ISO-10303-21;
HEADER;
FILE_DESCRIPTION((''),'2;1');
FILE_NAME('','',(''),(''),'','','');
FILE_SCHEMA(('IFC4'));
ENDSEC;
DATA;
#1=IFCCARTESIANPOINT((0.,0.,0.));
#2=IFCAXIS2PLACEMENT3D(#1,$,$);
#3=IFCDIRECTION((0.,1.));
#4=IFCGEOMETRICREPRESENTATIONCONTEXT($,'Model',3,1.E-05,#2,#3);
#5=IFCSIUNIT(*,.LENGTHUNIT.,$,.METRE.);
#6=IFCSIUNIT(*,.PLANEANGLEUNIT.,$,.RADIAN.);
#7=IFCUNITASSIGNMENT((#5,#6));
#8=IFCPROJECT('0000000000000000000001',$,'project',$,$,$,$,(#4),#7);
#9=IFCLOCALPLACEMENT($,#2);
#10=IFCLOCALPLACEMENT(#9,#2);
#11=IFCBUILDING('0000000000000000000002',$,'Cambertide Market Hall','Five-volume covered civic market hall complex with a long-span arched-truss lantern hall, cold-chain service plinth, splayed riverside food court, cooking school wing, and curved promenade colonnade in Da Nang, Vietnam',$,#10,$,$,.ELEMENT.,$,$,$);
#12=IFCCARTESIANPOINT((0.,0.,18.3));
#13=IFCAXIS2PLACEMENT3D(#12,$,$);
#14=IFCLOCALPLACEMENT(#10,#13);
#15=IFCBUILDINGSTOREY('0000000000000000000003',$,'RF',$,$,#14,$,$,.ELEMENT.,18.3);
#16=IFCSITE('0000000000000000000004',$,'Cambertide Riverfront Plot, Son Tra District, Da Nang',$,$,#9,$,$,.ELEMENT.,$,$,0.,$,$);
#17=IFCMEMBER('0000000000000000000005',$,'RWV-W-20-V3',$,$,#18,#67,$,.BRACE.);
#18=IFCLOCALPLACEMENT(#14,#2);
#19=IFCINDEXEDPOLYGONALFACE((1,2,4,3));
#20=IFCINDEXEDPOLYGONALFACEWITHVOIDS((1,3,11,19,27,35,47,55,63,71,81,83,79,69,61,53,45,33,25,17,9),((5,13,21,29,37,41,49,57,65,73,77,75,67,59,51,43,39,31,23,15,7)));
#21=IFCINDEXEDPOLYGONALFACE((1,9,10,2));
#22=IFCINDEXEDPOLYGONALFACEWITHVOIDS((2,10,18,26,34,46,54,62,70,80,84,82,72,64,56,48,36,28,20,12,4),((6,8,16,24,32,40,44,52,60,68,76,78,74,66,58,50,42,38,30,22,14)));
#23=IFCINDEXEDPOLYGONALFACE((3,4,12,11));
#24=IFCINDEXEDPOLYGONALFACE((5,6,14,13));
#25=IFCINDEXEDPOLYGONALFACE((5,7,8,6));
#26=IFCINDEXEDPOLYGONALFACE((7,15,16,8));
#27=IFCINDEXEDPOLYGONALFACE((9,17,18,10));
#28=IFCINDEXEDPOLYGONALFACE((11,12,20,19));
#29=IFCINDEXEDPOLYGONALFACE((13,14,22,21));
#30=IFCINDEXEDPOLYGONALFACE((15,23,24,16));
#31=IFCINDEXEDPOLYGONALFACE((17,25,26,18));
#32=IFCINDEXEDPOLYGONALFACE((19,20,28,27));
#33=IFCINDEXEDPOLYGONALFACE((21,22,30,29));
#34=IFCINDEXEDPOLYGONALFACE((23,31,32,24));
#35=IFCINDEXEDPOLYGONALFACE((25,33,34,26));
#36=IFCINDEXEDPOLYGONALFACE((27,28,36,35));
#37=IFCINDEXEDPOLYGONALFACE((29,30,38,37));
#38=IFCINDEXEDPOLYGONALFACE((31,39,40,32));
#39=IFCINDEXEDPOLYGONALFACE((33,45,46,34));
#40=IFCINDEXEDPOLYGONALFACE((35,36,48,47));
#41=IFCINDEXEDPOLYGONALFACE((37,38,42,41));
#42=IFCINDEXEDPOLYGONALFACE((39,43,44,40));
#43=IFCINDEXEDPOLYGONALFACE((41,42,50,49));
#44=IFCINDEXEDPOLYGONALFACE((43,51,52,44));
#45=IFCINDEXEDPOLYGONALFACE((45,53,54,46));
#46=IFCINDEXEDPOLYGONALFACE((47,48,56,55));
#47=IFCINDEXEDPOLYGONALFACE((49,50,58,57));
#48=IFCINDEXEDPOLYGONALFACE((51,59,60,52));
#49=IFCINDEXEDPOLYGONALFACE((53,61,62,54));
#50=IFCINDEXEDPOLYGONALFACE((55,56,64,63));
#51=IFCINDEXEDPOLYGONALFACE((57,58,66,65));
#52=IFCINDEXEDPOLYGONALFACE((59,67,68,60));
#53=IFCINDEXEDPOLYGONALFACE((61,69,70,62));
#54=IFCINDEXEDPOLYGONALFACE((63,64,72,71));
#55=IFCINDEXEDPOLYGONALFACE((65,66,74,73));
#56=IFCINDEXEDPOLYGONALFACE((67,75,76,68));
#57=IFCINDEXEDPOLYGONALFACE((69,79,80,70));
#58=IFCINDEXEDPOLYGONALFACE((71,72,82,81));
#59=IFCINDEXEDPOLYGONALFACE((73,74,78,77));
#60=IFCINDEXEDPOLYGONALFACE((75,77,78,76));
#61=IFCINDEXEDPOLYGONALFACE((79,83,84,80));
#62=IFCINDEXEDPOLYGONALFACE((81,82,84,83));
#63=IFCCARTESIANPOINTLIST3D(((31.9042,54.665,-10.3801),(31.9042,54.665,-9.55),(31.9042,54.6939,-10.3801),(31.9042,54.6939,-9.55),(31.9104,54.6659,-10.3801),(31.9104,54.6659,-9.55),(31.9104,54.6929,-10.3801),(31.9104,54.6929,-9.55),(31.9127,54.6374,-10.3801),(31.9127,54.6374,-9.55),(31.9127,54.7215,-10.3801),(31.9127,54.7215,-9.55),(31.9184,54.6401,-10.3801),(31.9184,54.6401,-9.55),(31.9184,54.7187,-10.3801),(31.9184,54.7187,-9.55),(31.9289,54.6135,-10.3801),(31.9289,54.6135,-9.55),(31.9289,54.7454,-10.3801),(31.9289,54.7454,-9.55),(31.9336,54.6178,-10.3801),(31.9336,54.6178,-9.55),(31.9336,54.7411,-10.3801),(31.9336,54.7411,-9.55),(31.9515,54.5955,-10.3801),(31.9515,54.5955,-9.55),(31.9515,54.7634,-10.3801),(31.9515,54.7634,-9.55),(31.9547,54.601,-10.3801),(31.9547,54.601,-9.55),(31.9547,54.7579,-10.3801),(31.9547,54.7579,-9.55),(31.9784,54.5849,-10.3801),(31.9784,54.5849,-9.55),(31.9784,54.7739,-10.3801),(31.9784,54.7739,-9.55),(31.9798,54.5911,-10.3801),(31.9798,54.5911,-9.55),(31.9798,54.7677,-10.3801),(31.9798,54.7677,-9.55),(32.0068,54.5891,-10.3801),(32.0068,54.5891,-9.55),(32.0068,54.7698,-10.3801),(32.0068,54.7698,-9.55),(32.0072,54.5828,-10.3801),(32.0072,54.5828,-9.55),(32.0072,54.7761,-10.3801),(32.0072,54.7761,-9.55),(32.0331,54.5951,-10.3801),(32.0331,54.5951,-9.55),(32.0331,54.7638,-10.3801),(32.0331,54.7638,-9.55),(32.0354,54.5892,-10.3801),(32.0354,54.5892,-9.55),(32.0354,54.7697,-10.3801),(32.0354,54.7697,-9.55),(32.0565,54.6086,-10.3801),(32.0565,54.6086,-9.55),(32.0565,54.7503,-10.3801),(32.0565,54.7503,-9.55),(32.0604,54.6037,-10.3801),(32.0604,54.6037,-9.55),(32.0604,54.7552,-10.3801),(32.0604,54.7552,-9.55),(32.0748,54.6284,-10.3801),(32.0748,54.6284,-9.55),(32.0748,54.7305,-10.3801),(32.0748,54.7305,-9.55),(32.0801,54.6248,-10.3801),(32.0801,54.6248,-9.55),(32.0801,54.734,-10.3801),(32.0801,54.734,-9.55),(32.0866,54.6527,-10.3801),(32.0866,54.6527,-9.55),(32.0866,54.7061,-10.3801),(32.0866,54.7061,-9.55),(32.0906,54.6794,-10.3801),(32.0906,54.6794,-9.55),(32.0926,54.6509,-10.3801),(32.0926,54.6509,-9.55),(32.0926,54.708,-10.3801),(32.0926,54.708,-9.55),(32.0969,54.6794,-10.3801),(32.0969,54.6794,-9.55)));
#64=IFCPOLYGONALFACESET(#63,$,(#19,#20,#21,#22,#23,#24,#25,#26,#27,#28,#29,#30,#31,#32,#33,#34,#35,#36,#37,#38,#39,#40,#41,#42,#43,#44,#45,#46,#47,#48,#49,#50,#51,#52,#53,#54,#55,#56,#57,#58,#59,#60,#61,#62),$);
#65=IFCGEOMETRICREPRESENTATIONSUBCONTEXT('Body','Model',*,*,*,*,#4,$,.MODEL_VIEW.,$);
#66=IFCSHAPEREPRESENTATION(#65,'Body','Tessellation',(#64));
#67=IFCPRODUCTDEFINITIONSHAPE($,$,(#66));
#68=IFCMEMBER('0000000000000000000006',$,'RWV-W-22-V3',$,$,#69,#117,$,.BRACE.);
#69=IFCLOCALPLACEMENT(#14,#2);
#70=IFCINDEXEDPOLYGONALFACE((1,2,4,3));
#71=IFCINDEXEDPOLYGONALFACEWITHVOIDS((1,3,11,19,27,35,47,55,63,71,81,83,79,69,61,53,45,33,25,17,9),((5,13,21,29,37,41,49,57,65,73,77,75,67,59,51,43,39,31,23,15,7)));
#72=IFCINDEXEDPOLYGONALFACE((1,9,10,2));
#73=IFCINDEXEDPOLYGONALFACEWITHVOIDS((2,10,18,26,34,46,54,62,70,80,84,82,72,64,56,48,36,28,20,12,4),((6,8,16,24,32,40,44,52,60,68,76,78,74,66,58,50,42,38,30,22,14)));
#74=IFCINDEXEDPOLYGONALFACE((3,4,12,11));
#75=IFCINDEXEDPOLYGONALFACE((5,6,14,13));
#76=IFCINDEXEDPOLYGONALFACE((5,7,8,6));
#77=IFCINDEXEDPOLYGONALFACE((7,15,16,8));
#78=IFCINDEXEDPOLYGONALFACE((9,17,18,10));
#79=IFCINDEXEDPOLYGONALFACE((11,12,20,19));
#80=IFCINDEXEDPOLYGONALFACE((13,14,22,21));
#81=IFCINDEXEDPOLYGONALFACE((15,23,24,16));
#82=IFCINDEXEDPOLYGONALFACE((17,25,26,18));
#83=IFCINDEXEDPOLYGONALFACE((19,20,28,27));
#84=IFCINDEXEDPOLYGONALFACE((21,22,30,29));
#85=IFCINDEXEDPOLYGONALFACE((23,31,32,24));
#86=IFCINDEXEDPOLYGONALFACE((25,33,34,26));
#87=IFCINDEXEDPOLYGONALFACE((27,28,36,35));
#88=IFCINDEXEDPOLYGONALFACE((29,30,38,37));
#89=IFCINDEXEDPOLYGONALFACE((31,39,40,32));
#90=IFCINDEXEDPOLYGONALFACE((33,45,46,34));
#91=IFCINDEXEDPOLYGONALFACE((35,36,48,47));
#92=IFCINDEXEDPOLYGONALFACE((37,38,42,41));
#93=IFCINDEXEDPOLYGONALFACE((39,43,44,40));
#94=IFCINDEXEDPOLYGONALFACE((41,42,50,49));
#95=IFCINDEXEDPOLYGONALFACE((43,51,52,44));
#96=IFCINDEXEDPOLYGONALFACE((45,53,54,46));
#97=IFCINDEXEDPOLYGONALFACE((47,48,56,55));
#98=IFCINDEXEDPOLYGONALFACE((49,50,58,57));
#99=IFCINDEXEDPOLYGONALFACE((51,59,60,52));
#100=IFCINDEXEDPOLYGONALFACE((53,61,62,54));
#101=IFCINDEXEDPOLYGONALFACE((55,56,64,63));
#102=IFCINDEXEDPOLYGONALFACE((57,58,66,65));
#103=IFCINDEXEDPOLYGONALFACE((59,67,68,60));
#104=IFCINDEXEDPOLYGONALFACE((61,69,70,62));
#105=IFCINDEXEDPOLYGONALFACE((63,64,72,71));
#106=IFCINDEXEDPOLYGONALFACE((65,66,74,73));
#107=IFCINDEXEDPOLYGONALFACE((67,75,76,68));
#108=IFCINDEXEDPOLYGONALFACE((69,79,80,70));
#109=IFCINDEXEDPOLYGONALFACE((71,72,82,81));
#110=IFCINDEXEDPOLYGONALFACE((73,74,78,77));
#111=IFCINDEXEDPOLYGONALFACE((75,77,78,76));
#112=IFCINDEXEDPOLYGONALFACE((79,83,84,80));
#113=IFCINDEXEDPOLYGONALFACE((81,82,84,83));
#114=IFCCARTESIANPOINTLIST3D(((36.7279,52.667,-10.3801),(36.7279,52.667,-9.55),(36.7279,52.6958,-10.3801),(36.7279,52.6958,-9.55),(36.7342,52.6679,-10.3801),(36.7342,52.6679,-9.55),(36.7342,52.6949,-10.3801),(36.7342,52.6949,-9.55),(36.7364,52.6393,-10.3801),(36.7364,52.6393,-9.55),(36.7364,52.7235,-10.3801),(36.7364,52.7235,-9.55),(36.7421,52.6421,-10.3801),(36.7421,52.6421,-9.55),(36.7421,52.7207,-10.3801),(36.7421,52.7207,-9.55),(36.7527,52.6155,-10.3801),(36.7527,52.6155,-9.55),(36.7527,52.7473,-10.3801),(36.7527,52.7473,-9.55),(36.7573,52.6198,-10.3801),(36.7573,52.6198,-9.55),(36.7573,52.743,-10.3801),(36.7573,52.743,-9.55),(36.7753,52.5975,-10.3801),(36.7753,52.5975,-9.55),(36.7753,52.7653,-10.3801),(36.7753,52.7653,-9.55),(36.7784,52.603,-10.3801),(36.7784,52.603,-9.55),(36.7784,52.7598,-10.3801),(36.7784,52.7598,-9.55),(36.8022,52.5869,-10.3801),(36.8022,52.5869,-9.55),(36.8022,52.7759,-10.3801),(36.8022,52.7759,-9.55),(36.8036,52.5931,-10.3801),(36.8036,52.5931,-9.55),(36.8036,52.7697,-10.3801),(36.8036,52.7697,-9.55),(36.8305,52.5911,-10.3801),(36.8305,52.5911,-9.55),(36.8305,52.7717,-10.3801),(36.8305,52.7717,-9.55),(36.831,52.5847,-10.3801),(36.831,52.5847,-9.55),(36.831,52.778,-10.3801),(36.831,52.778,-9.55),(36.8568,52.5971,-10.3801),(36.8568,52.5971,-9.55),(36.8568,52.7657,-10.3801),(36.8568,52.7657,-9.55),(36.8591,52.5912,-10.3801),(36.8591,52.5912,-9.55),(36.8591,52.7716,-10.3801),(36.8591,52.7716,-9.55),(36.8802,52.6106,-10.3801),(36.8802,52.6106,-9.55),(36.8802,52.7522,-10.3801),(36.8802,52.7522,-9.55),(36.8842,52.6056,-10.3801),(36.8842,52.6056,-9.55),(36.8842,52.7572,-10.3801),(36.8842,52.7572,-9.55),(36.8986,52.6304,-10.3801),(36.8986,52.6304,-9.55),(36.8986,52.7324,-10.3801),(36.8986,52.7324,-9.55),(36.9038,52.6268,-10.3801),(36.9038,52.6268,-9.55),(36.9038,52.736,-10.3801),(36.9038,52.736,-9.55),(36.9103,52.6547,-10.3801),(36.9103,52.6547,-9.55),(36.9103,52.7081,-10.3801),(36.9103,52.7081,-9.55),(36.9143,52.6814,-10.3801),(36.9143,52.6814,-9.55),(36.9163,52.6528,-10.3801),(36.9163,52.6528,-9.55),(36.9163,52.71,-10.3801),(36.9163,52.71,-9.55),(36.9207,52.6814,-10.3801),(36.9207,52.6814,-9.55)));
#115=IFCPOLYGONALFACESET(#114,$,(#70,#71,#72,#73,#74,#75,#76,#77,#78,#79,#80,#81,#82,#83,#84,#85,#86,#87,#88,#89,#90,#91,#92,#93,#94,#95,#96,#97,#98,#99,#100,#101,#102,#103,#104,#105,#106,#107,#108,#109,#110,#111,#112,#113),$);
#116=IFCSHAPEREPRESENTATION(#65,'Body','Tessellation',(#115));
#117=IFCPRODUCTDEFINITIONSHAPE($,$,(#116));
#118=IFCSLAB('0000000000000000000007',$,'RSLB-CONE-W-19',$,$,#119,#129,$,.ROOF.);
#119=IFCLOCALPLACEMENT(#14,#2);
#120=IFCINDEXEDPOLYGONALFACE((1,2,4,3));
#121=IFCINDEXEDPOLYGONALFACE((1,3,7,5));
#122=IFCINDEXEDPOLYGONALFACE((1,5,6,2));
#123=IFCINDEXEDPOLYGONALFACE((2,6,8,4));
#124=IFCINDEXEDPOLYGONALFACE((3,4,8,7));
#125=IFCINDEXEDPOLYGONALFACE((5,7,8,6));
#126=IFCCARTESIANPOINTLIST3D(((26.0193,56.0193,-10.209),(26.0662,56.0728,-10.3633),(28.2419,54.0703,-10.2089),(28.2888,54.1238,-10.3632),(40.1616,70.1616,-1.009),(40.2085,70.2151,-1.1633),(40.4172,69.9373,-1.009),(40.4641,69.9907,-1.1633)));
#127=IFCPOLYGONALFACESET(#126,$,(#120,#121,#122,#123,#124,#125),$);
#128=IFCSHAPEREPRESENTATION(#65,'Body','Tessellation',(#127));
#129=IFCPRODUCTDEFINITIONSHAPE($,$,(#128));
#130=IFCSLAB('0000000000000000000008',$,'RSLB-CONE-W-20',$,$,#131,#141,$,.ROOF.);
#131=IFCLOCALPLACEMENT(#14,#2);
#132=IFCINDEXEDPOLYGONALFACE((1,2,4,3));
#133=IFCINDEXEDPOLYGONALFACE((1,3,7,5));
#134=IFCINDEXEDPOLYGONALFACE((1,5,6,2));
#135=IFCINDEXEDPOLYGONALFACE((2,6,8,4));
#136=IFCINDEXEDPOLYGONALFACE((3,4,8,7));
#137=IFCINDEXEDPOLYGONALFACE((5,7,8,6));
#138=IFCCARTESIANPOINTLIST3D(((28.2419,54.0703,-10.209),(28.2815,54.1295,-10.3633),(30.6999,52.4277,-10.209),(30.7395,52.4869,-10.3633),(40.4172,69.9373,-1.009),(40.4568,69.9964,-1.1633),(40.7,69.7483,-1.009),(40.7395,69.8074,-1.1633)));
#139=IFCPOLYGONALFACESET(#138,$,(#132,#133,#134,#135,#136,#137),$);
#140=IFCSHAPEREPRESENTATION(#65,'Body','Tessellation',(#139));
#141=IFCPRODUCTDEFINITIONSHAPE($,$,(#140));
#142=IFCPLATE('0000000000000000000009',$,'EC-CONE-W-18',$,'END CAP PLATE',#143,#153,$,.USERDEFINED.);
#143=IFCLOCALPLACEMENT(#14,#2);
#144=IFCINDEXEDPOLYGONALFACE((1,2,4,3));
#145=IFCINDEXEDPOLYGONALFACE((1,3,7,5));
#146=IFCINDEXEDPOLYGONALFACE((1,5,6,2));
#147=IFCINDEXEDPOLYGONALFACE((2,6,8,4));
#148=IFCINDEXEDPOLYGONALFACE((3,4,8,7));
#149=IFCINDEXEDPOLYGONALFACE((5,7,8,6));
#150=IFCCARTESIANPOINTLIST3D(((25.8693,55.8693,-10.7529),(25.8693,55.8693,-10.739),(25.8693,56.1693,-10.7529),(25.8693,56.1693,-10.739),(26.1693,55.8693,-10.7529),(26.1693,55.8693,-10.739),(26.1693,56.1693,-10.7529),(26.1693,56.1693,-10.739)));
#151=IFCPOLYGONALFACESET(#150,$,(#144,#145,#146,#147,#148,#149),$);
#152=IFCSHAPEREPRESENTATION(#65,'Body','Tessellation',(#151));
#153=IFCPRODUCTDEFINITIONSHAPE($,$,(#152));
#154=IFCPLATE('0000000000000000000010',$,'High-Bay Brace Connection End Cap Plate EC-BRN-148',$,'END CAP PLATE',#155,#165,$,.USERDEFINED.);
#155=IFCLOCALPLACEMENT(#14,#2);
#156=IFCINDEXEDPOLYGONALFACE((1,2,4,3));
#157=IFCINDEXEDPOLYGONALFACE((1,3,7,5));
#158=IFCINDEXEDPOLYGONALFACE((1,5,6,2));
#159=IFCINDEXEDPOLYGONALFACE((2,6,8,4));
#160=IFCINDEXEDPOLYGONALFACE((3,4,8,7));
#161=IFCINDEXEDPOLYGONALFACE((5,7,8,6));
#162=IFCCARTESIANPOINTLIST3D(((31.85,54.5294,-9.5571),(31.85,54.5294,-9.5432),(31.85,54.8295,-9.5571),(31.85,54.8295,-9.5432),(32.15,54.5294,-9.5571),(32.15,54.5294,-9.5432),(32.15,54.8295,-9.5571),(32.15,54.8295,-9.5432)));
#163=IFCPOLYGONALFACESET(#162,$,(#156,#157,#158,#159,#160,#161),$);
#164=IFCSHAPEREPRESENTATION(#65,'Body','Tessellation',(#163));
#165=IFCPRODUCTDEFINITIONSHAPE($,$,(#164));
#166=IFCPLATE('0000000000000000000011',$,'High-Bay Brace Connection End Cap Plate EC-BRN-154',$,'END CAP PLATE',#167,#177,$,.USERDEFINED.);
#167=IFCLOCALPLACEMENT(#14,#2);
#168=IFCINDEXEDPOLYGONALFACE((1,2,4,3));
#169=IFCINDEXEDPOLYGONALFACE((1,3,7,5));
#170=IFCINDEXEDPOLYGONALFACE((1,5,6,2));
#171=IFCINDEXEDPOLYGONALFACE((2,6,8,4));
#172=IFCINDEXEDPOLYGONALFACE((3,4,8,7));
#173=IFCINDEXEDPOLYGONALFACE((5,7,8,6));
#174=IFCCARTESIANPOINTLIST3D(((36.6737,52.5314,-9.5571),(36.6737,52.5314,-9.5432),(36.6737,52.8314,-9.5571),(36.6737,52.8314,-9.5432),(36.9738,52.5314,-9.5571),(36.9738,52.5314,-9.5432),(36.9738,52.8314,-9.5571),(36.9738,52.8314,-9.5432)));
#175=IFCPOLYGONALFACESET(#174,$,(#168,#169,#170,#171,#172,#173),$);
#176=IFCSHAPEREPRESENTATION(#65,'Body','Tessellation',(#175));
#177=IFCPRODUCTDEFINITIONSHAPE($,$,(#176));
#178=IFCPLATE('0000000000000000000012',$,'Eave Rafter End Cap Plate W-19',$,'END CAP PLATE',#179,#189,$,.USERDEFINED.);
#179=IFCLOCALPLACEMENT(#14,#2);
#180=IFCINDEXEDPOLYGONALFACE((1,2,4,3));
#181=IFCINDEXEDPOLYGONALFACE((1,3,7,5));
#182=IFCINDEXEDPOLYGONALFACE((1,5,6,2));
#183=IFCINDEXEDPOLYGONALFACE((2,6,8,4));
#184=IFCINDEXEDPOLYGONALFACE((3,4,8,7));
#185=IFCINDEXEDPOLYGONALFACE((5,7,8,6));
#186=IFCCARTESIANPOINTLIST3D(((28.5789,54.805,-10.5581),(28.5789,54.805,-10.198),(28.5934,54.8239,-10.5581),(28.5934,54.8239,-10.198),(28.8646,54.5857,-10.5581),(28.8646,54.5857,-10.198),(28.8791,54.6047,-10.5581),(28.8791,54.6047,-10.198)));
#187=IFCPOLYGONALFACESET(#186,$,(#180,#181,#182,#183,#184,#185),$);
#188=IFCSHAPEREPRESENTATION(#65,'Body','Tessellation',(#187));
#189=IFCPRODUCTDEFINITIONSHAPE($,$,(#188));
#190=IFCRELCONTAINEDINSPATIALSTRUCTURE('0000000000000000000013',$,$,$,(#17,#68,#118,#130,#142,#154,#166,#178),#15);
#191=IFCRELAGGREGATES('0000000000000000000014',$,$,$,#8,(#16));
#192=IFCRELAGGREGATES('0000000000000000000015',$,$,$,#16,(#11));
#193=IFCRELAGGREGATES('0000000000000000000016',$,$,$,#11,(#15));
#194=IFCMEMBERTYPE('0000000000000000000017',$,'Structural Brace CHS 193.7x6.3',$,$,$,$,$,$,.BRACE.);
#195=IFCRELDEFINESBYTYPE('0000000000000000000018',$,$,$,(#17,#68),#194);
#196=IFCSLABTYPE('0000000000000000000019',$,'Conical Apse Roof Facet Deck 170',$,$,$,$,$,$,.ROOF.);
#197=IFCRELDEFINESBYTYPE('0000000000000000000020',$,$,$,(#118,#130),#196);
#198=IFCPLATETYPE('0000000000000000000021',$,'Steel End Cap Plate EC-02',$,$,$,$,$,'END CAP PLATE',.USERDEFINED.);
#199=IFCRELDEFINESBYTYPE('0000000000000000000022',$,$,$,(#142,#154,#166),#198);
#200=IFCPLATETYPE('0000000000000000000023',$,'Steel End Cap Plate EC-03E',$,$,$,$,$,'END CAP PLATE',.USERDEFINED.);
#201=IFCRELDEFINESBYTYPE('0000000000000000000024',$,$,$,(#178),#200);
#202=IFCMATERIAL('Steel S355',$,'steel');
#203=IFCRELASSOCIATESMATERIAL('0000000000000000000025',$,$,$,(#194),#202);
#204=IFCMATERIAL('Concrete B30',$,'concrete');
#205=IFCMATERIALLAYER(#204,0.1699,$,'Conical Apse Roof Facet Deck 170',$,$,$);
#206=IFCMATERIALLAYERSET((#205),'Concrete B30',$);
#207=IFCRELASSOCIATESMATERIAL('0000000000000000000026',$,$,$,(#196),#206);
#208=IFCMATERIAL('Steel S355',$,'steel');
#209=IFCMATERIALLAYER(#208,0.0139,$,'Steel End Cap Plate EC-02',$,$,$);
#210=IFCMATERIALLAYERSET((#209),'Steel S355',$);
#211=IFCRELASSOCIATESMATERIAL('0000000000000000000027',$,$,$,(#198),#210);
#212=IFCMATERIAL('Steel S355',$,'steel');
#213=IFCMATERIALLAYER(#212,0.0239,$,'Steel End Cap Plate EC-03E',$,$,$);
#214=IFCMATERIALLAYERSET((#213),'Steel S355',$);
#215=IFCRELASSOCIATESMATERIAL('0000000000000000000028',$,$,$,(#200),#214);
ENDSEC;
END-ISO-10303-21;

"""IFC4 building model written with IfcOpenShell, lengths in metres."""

from ifc_helpers import new_model, si_unit, direction, frame, origin, origin_2d, place, context, subcontext, project, spatial, polyline, rectangle, hollow_circle, outline, extrude, material, layer, layer_set, material_profile, profile_set, type_object, element, save


model = new_model("IFC4")

# Units and contexts
model_context = context("Model", 3, precision=1e-05, world=origin(), true_north=direction((0.0, 1.0)))
body_context = subcontext(model_context, "Body", "Model", "MODEL_VIEW")
ifc_project = project(units=[si_unit("LENGTHUNIT", "METRE"), si_unit("PLANEANGLEUNIT", "RADIAN")], contexts=[model_context])

# Site, building, storey
site_placement = place(None, origin())
site = spatial("IfcSite", under=ifc_project, at=site_placement, Name="Cambertide Riverfront Plot, Son Tra District, Da Nang", CompositionType="ELEMENT", RefElevation=0.0)
building_placement = place(site_placement, origin())
building = spatial("IfcBuilding", under=site, at=building_placement, Name="Cambertide Market Hall", Description="Five-volume covered civic market hall complex with a long-span arched-truss lantern hall, cold-chain service plinth, splayed riverside food court, cooking school wing, and curved promenade colonnade in Da Nang, Vietnam", CompositionType="ELEMENT")
storey_placement = place(building_placement, frame((0.0, 0.0, 18.3)))
storey = spatial("IfcBuildingStorey", under=building, at=storey_placement, Name="RF", CompositionType="ELEMENT", Elevation=18.3)

# Members
ifc_material_1 = material(Name="Steel S355", Category="steel")
ifc_material_profile_1 = material_profile(ifc_material_1, hollow_circle(Radius=0.0969, WallThickness=0.0063, at=origin_2d()), Name="CHS 193.7x6.3")
ifc_profile_set_1 = profile_set([ifc_material_profile_1], Name="Steel S355")
member_type_1 = type_object("IfcMemberType", Name="Structural Brace CHS 193.7x6.3", PredefinedType="BRACE", material=ifc_profile_set_1)
for number, where, z_axis, x_axis, name in (
    (1, (32.0, 54.6794, -10.3801), (0.0, 0.0, 1.0), (1.0, 0.0, 0.0), "RWV-W-20-V3"),
    (2, (36.8237, 52.6814, -10.3801), (0.0, 0.0, 1.0), (1.0, 0.0, 0.0), "RWV-W-22-V3"),
):
    element("IfcMember", number, at=place(storey_placement, frame(where, z_axis=z_axis, x_axis=x_axis)), inside=storey, type_object=member_type_1, Name=name, PredefinedType="BRACE", context=body_context, shape_type="SweptSolid", body=[
        extrude(hollow_circle(Radius=0.0969, WallThickness=0.0063, at=origin_2d()), origin(), (0.0, 0.0, 1.0), 0.8301),
    ])

# Slabs
ifc_material_2 = material(Name="Concrete B30", Category="concrete")
ifc_layer_1 = layer(ifc_material_2, 0.1699, Name="Conical Apse Roof Facet Deck 170")
ifc_layer_set_1 = layer_set([ifc_layer_1], Name="Concrete B30")
slab_type = type_object("IfcSlabType", Name="Conical Apse Roof Facet Deck 170", PredefinedType="ROOF", material=ifc_layer_set_1)
slab_1_placement = place(storey_placement, frame((26.0193, 56.0193, -10.209), z_axis=(-0.276026, -0.314754, 0.908152), x_axis=(0.751875, -0.659306, 0.000019)))
element("IfcSlab", 3, at=slab_1_placement, inside=storey, type_object=slab_type, Name="RSLB-CONE-W-19", PredefinedType="ROOF", context=body_context, shape_type="SweptSolid", body=[
    extrude(outline(polyline([(0.0, 0.0), (2.9561, 0.0), (1.6494, 21.9757), (1.3093, 21.9758), (0.0, 0.0)])), origin(), (0.0, 0.0, -1.0), 0.1699),
])
slab_2_placement = place(storey_placement, frame((28.2419, 54.0703, -10.209), z_axis=(-0.232608, -0.348075, 0.908151), x_axis=(0.831439, -0.555616, 0.000004)))
element("IfcSlab", 4, at=slab_2_placement, inside=storey, type_object=slab_type, Name="RSLB-CONE-W-20", PredefinedType="ROOF", context=body_context, shape_type="SweptSolid", body=[
    extrude(outline(polyline([(0.0, 0.0), (2.9563, 0.0), (1.6472, 21.9756), (1.3071, 21.9756), (0.0, 0.0)])), origin(), (0.0, 0.0, -1.0), 0.1699),
])

# Plates
ifc_material_3 = material(Name="Steel S355", Category="steel")
ifc_layer_2 = layer(ifc_material_3, 0.0139, Name="Steel End Cap Plate EC-02")
ifc_layer_set_2 = layer_set([ifc_layer_2], Name="Steel S355")
plate_type_1 = type_object("IfcPlateType", Name="Steel End Cap Plate EC-02", ElementType="END CAP PLATE", PredefinedType="USERDEFINED", material=ifc_layer_set_2)
for number, where, z_axis, x_axis, name in (
    (5, (26.0193, 56.0193, -10.7529), (0.0, 0.0, 1.0), (1.0, 0.0, 0.0), "EC-CONE-W-18"),
    (6, (32.0, 54.6794, -9.5571), (0.0, 0.0, 1.0), (1.0, 0.0, 0.0), "High-Bay Brace Connection End Cap Plate EC-BRN-148"),
    (7, (36.8237, 52.6814, -9.5571), (0.0, 0.0, 1.0), (1.0, 0.0, 0.0), "High-Bay Brace Connection End Cap Plate EC-BRN-154"),
):
    element("IfcPlate", number, at=place(storey_placement, frame(where, z_axis=z_axis, x_axis=x_axis)), inside=storey, type_object=plate_type_1, Name=name, ObjectType="END CAP PLATE", PredefinedType="USERDEFINED", context=body_context, shape_type="SweptSolid", body=[
        extrude(rectangle(XDim=0.3, YDim=0.3, at=origin_2d()), origin(), (0.0, 0.0, 1.0), 0.0139),
    ])
ifc_material_4 = material(Name="Steel S355", Category="steel")
ifc_layer_3 = layer(ifc_material_4, 0.0239, Name="Steel End Cap Plate EC-03E")
ifc_layer_set_3 = layer_set([ifc_layer_3], Name="Steel S355")
plate_type_2 = type_object("IfcPlateType", Name="Steel End Cap Plate EC-03E", ElementType="END CAP PLATE", PredefinedType="USERDEFINED", material=ifc_layer_set_3)
plate_placement = place(storey_placement, frame((28.729, 54.7048, -10.5581), z_axis=(0.0, 0.0, 1.0), x_axis=(-0.608761, -0.793353, 0.0)))
element("IfcPlate", 8, at=plate_placement, inside=storey, type_object=plate_type_2, Name="Eave Rafter End Cap Plate W-19", ObjectType="END CAP PLATE", PredefinedType="USERDEFINED", context=body_context, shape_type="SweptSolid", body=[
    extrude(rectangle(XDim=0.0239, YDim=0.3601, at=origin_2d()), origin(), (0.0, 0.0, 1.0), 0.3601),
])

save(model, "model.ifc")
